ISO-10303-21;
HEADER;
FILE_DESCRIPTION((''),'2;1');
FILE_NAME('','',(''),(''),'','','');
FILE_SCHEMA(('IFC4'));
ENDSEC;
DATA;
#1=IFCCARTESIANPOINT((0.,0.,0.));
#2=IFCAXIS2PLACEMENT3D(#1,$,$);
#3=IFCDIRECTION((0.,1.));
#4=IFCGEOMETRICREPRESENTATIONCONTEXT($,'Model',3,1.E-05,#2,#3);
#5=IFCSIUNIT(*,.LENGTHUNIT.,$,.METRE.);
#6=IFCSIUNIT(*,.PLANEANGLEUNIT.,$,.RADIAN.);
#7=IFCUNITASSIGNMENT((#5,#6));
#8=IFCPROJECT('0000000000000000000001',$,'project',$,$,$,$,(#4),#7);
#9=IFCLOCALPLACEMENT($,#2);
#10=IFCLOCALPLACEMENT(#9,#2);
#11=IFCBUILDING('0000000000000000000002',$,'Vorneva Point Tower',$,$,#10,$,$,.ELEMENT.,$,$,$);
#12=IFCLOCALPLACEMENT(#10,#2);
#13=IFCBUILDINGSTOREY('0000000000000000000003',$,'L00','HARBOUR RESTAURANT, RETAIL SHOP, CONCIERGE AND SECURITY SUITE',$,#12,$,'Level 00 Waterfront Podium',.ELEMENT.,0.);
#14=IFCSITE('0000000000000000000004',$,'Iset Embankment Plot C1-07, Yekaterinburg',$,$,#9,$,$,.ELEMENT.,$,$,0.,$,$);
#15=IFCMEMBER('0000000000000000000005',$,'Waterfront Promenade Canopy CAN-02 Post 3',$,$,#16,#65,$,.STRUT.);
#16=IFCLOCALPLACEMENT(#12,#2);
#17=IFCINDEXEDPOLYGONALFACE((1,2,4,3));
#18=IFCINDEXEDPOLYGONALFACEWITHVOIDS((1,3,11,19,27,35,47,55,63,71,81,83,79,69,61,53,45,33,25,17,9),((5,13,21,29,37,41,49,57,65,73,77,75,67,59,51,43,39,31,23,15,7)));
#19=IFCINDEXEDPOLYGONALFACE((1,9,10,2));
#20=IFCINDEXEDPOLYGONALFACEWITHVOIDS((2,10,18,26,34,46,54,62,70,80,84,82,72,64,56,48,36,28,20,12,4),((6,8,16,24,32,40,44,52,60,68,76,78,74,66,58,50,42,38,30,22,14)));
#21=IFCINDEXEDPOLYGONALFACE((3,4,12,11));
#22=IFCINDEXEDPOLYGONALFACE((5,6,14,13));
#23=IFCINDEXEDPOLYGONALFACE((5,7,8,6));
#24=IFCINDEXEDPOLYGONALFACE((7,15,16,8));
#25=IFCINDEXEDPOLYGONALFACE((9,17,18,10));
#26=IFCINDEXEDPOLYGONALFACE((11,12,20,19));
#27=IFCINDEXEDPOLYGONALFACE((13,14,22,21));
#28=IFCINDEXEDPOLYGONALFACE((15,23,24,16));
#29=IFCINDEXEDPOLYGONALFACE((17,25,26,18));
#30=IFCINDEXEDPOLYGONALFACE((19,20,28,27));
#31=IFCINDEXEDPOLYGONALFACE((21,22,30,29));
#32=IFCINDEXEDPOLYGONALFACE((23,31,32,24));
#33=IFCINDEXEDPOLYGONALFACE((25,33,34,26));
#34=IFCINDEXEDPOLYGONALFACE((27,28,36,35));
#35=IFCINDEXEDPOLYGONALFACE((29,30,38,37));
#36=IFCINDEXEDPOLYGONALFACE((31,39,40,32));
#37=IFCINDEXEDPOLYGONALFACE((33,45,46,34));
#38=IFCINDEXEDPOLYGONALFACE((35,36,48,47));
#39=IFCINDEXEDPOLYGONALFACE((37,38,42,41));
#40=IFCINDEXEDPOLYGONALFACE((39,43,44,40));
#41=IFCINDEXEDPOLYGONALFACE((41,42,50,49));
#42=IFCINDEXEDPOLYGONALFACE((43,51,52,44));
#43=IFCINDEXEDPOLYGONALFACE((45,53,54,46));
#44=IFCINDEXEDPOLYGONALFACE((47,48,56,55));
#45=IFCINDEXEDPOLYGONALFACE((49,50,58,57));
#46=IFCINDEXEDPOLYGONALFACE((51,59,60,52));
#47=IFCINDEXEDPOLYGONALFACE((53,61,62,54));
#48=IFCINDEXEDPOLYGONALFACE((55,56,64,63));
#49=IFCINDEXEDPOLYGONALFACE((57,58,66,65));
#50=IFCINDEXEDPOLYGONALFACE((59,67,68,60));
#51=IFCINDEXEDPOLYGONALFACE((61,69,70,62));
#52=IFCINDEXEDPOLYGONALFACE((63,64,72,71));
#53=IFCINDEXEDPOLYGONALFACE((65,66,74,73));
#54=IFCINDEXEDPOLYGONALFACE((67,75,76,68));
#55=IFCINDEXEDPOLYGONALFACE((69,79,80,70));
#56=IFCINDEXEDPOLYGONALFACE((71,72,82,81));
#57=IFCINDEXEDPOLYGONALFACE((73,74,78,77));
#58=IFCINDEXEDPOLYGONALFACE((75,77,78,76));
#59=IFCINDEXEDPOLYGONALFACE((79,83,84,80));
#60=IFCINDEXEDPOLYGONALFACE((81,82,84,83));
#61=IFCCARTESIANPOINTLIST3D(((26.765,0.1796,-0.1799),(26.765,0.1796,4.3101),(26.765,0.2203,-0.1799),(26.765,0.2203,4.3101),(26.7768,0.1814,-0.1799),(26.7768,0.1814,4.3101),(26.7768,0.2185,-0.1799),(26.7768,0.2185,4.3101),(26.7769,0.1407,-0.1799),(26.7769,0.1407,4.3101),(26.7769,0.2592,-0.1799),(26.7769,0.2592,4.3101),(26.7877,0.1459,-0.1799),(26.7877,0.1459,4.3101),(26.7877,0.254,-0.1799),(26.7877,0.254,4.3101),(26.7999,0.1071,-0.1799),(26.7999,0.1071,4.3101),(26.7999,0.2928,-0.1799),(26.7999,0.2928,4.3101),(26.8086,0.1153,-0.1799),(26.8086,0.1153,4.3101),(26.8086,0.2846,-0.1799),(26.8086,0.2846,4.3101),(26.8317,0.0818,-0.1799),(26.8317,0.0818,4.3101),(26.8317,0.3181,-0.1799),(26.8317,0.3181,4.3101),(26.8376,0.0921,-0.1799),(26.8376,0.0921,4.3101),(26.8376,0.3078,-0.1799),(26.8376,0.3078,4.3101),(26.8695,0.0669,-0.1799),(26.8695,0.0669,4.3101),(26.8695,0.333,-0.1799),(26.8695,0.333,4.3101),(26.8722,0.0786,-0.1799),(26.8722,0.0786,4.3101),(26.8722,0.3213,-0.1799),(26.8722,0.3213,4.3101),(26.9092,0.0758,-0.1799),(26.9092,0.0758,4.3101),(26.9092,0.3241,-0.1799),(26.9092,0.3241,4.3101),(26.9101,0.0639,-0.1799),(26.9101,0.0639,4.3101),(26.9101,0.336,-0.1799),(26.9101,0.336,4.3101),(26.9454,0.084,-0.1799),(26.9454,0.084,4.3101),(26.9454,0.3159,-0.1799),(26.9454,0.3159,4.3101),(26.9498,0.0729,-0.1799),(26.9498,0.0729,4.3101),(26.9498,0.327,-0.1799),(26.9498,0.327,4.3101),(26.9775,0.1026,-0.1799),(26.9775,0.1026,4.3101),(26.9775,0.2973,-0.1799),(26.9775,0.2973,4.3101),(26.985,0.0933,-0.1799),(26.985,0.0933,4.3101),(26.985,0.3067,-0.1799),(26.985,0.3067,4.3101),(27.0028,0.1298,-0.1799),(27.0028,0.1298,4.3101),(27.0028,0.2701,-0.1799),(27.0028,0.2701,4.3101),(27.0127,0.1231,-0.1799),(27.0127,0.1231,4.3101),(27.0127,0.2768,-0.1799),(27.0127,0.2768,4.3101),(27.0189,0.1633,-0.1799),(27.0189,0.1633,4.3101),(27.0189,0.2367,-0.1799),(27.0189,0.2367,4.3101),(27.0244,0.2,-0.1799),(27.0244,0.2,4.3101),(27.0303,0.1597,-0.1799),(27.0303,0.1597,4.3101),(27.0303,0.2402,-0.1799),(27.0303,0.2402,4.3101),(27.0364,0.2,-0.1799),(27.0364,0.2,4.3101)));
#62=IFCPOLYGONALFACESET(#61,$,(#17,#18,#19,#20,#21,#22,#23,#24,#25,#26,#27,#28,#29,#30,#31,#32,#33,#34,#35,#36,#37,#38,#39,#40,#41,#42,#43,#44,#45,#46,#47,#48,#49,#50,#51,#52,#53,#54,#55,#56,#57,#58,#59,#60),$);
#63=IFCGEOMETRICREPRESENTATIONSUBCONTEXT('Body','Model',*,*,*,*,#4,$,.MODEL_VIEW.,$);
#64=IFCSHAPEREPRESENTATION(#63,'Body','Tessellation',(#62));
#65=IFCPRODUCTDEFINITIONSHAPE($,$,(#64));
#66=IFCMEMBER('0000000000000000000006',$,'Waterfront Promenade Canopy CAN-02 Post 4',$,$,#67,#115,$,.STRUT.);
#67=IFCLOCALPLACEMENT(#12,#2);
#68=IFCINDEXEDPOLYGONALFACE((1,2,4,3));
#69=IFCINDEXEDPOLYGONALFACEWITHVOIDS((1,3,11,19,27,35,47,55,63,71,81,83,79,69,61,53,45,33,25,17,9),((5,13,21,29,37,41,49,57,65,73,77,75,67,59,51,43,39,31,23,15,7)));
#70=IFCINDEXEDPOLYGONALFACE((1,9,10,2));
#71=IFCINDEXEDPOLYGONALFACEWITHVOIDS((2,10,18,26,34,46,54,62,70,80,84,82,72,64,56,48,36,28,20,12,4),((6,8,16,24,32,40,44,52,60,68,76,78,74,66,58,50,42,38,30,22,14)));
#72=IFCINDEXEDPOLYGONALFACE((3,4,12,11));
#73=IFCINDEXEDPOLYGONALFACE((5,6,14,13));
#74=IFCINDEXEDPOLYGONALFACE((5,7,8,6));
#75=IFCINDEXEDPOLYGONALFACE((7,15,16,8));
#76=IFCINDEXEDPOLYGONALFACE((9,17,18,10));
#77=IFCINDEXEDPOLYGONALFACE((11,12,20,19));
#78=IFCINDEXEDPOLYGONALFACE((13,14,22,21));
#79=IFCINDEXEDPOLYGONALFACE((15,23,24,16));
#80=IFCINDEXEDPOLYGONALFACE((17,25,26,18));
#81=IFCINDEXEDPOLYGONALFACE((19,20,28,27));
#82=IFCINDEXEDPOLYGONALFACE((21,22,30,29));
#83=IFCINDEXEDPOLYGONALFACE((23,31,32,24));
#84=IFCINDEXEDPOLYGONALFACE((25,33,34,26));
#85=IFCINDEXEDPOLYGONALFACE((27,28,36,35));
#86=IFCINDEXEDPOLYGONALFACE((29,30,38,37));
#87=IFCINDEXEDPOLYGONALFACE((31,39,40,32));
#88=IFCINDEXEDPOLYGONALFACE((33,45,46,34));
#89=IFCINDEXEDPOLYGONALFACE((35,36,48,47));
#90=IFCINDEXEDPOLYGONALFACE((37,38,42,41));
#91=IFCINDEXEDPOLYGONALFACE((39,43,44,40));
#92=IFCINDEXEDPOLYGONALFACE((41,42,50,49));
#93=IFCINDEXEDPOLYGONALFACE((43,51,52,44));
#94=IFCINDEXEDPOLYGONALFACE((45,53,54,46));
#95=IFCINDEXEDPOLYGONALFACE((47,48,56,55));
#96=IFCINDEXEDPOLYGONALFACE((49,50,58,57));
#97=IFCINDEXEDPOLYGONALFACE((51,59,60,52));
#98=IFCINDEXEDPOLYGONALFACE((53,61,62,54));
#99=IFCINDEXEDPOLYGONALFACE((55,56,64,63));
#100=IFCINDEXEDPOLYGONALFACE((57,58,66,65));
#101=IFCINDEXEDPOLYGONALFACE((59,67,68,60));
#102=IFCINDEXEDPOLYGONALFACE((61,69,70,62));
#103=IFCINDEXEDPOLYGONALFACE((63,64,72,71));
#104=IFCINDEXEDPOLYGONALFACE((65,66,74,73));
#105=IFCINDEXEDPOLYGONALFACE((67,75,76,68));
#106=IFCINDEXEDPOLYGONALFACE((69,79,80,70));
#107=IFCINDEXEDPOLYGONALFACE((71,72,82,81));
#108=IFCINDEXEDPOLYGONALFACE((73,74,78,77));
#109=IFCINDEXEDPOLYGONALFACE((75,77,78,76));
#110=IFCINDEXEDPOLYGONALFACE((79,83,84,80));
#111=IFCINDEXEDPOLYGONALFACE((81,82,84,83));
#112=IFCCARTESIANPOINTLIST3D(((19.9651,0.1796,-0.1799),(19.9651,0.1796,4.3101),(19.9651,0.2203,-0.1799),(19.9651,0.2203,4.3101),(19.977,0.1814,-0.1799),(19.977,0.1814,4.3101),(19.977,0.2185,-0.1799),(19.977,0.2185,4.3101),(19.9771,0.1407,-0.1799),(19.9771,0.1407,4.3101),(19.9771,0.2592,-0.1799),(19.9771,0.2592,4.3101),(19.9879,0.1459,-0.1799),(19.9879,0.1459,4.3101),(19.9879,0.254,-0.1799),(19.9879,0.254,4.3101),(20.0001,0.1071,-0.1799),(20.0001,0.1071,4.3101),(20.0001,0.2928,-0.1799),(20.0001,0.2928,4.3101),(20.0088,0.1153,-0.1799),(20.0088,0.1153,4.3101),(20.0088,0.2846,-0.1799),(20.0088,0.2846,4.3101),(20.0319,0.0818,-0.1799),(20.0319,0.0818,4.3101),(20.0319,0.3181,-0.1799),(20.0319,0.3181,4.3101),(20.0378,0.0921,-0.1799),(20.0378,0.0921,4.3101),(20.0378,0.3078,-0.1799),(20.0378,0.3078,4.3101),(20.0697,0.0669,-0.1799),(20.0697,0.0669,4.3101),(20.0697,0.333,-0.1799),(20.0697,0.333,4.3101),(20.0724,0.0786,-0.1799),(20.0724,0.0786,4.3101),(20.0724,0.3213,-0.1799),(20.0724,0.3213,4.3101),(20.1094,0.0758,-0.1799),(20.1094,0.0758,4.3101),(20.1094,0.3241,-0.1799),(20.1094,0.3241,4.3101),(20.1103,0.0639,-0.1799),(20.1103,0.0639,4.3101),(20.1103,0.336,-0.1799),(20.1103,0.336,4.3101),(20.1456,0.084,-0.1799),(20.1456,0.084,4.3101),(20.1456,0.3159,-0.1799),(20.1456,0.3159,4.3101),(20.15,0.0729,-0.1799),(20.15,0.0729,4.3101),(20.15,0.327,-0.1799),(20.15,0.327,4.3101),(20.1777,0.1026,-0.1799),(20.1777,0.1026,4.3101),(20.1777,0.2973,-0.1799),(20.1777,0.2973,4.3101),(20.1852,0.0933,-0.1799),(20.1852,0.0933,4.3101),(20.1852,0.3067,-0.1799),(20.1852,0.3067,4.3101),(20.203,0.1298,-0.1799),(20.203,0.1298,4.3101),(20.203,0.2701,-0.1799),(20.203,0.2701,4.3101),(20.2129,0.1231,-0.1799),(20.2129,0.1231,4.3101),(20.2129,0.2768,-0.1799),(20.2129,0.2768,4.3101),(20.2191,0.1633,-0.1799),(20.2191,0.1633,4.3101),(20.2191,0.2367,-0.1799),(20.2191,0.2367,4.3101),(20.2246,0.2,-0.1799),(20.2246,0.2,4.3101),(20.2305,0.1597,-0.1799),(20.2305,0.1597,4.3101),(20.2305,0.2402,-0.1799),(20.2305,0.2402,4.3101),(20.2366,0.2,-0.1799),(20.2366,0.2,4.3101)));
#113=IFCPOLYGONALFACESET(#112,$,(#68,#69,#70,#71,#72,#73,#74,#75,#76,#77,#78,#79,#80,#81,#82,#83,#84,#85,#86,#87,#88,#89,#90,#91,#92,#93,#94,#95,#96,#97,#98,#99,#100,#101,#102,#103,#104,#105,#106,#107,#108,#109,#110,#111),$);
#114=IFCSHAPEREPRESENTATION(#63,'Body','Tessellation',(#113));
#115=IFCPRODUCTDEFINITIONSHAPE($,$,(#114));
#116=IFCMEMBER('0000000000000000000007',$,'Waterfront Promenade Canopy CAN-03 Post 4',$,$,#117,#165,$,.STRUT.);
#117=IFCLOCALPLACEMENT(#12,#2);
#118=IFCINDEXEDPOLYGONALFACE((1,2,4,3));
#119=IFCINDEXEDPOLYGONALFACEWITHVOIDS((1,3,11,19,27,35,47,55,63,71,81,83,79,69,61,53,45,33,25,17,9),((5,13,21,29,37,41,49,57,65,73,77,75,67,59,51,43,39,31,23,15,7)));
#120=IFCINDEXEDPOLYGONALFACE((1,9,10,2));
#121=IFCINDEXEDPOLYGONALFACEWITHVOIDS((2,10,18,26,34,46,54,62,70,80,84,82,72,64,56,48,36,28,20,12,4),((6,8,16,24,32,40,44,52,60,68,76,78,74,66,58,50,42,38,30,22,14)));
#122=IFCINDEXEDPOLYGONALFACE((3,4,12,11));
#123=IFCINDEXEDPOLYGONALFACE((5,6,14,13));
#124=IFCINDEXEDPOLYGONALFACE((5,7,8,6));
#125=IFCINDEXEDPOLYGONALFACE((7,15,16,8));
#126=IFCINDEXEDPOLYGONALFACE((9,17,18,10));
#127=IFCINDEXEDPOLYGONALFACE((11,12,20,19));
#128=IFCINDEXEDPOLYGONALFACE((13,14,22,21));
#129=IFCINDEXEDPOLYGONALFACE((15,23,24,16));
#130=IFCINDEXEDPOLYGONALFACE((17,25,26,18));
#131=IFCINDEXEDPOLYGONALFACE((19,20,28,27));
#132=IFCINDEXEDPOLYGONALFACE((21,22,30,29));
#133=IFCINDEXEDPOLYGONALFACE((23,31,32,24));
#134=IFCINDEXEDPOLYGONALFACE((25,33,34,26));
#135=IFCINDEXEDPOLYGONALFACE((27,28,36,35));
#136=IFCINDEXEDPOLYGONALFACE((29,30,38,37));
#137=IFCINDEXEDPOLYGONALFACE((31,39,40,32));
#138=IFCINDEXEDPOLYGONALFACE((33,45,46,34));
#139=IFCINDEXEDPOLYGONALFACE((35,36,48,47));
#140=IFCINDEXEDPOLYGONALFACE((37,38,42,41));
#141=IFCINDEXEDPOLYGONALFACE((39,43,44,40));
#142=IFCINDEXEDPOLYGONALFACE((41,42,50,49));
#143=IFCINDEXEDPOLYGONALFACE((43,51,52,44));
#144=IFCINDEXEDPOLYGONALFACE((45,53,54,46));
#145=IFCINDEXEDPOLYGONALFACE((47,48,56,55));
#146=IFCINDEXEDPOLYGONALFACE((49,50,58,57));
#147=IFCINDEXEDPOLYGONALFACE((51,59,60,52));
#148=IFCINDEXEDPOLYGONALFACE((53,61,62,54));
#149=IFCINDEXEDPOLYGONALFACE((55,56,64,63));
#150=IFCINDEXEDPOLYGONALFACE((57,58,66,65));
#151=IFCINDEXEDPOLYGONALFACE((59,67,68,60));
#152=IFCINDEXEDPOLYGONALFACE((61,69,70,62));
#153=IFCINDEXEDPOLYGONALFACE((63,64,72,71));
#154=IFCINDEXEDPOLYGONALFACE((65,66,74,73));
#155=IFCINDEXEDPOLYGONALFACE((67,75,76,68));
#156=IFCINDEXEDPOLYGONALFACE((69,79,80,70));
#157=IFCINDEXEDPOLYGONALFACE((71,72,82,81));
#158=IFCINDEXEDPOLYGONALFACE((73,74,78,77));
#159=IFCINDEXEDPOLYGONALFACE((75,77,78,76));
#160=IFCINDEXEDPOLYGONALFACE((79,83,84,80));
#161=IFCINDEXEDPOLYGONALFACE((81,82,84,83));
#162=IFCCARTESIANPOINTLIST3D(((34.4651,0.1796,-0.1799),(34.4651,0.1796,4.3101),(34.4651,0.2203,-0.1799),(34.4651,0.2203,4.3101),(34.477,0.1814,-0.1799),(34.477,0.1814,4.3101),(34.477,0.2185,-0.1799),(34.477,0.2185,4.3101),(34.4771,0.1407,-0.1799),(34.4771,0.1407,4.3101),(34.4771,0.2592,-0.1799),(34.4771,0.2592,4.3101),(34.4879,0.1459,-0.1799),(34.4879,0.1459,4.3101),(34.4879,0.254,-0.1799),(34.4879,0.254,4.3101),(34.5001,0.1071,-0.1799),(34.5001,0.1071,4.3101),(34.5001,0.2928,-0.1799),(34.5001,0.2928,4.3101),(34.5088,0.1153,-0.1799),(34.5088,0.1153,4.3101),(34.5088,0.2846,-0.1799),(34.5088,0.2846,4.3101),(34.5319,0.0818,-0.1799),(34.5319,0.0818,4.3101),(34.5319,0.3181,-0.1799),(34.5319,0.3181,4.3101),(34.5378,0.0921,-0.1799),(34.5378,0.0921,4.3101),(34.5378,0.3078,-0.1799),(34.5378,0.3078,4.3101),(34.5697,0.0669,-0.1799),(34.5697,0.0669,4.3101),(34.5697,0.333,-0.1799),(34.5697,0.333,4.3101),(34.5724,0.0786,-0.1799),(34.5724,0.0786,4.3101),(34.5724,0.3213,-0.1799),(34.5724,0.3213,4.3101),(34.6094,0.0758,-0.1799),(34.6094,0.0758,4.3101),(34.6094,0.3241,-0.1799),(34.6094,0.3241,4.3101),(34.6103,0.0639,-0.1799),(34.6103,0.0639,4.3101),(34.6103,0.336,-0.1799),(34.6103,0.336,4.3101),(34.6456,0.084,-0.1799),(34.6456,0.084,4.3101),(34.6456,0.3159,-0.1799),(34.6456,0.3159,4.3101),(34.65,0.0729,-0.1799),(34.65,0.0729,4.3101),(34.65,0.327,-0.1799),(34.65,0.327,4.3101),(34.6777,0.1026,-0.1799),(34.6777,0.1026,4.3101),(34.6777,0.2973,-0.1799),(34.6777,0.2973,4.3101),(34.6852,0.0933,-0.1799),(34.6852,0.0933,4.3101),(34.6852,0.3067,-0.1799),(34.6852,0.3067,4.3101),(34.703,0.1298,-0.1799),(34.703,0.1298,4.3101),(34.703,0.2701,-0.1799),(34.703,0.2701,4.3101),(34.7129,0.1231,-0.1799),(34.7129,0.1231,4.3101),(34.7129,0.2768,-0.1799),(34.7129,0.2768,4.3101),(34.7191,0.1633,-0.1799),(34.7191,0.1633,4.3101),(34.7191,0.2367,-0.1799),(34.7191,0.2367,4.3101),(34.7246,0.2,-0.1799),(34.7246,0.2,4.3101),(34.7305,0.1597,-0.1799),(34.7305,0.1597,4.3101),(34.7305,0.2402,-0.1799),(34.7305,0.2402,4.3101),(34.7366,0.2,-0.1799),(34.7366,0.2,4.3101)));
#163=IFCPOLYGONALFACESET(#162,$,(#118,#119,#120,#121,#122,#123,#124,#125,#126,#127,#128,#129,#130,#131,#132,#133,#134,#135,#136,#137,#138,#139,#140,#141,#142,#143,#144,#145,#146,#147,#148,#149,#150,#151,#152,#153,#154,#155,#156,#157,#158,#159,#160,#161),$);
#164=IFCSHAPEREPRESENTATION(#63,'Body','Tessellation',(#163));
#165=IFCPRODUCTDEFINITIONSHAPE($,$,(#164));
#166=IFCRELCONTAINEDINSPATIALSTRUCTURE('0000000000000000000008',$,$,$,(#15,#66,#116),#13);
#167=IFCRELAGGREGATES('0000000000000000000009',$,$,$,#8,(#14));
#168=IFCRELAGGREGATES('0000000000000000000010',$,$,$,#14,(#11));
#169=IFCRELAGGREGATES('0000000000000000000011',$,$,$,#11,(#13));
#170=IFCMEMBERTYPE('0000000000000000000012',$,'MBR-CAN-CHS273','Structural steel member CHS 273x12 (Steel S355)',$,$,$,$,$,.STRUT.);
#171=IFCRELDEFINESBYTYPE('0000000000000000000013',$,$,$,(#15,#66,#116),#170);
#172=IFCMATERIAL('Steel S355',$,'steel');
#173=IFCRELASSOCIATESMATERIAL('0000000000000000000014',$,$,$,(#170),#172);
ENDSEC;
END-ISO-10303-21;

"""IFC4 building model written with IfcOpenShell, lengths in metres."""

from ifc_helpers import new_model, si_unit, direction, frame, origin, origin_2d, place, context, subcontext, project, spatial, hollow_circle, extrude, material, material_profile, profile_set, type_object, element, save


model = new_model("IFC4")

# Units and contexts
model_context = context("Model", 3, precision=1e-05, world=origin(), true_north=direction((0.0, 1.0)))
body_context = subcontext(model_context, "Body", "Model", "MODEL_VIEW")
ifc_project = project(units=[si_unit("LENGTHUNIT", "METRE"), si_unit("PLANEANGLEUNIT", "RADIAN")], contexts=[model_context])

# Site, building, storey
site_placement = place(None, origin())
site = spatial("IfcSite", under=ifc_project, at=site_placement, Name="Iset Embankment Plot C1-07, Yekaterinburg", CompositionType="ELEMENT", RefElevation=0.0)
building_placement = place(site_placement, origin())
building = spatial("IfcBuilding", under=site, at=building_placement, Name="Vorneva Point Tower", CompositionType="ELEMENT")
storey_placement = place(building_placement, origin())
storey = spatial("IfcBuildingStorey", under=building, at=storey_placement, Name="L00", Description="HARBOUR RESTAURANT, RETAIL SHOP, CONCIERGE AND SECURITY SUITE", LongName="Level 00 Waterfront Podium", CompositionType="ELEMENT", Elevation=0.0)

# Members
ifc_material_1 = material(Name="Steel S355", Category="steel")
ifc_material_profile_1 = material_profile(ifc_material_1, hollow_circle(Radius=0.1365, WallThickness=0.012, at=origin_2d()), Name="CHS 273x12")
ifc_profile_set_1 = profile_set([ifc_material_profile_1], Name="Steel S355")
member_type_1 = type_object("IfcMemberType", Name="MBR-CAN-CHS273", Description="Structural steel member CHS 273x12 (Steel S355)", PredefinedType="STRUT", material=ifc_profile_set_1)
for number, where, z_axis, x_axis, name in (
    (1, (26.8999, 0.2, -0.1799), (0.0, 0.0, 1.0), (1.0, 0.0, 0.0), "Waterfront Promenade Canopy CAN-02 Post 3"),
    (2, (20.1001, 0.2, -0.1799), (0.0, 0.0, 1.0), (1.0, 0.0, 0.0), "Waterfront Promenade Canopy CAN-02 Post 4"),
    (3, (34.6001, 0.2, -0.1799), (0.0, 0.0, 1.0), (1.0, 0.0, 0.0), "Waterfront Promenade Canopy CAN-03 Post 4"),
):
    element("IfcMember", number, at=place(storey_placement, frame(where, z_axis=z_axis, x_axis=x_axis)), inside=storey, type_object=member_type_1, Name=name, PredefinedType="STRUT", context=body_context, shape_type="SweptSolid", body=[
        extrude(hollow_circle(Radius=0.1365, WallThickness=0.012, at=origin_2d()), origin(), (0.0, 0.0, 1.0), 4.49),
    ])

save(model, "model.ifc")
